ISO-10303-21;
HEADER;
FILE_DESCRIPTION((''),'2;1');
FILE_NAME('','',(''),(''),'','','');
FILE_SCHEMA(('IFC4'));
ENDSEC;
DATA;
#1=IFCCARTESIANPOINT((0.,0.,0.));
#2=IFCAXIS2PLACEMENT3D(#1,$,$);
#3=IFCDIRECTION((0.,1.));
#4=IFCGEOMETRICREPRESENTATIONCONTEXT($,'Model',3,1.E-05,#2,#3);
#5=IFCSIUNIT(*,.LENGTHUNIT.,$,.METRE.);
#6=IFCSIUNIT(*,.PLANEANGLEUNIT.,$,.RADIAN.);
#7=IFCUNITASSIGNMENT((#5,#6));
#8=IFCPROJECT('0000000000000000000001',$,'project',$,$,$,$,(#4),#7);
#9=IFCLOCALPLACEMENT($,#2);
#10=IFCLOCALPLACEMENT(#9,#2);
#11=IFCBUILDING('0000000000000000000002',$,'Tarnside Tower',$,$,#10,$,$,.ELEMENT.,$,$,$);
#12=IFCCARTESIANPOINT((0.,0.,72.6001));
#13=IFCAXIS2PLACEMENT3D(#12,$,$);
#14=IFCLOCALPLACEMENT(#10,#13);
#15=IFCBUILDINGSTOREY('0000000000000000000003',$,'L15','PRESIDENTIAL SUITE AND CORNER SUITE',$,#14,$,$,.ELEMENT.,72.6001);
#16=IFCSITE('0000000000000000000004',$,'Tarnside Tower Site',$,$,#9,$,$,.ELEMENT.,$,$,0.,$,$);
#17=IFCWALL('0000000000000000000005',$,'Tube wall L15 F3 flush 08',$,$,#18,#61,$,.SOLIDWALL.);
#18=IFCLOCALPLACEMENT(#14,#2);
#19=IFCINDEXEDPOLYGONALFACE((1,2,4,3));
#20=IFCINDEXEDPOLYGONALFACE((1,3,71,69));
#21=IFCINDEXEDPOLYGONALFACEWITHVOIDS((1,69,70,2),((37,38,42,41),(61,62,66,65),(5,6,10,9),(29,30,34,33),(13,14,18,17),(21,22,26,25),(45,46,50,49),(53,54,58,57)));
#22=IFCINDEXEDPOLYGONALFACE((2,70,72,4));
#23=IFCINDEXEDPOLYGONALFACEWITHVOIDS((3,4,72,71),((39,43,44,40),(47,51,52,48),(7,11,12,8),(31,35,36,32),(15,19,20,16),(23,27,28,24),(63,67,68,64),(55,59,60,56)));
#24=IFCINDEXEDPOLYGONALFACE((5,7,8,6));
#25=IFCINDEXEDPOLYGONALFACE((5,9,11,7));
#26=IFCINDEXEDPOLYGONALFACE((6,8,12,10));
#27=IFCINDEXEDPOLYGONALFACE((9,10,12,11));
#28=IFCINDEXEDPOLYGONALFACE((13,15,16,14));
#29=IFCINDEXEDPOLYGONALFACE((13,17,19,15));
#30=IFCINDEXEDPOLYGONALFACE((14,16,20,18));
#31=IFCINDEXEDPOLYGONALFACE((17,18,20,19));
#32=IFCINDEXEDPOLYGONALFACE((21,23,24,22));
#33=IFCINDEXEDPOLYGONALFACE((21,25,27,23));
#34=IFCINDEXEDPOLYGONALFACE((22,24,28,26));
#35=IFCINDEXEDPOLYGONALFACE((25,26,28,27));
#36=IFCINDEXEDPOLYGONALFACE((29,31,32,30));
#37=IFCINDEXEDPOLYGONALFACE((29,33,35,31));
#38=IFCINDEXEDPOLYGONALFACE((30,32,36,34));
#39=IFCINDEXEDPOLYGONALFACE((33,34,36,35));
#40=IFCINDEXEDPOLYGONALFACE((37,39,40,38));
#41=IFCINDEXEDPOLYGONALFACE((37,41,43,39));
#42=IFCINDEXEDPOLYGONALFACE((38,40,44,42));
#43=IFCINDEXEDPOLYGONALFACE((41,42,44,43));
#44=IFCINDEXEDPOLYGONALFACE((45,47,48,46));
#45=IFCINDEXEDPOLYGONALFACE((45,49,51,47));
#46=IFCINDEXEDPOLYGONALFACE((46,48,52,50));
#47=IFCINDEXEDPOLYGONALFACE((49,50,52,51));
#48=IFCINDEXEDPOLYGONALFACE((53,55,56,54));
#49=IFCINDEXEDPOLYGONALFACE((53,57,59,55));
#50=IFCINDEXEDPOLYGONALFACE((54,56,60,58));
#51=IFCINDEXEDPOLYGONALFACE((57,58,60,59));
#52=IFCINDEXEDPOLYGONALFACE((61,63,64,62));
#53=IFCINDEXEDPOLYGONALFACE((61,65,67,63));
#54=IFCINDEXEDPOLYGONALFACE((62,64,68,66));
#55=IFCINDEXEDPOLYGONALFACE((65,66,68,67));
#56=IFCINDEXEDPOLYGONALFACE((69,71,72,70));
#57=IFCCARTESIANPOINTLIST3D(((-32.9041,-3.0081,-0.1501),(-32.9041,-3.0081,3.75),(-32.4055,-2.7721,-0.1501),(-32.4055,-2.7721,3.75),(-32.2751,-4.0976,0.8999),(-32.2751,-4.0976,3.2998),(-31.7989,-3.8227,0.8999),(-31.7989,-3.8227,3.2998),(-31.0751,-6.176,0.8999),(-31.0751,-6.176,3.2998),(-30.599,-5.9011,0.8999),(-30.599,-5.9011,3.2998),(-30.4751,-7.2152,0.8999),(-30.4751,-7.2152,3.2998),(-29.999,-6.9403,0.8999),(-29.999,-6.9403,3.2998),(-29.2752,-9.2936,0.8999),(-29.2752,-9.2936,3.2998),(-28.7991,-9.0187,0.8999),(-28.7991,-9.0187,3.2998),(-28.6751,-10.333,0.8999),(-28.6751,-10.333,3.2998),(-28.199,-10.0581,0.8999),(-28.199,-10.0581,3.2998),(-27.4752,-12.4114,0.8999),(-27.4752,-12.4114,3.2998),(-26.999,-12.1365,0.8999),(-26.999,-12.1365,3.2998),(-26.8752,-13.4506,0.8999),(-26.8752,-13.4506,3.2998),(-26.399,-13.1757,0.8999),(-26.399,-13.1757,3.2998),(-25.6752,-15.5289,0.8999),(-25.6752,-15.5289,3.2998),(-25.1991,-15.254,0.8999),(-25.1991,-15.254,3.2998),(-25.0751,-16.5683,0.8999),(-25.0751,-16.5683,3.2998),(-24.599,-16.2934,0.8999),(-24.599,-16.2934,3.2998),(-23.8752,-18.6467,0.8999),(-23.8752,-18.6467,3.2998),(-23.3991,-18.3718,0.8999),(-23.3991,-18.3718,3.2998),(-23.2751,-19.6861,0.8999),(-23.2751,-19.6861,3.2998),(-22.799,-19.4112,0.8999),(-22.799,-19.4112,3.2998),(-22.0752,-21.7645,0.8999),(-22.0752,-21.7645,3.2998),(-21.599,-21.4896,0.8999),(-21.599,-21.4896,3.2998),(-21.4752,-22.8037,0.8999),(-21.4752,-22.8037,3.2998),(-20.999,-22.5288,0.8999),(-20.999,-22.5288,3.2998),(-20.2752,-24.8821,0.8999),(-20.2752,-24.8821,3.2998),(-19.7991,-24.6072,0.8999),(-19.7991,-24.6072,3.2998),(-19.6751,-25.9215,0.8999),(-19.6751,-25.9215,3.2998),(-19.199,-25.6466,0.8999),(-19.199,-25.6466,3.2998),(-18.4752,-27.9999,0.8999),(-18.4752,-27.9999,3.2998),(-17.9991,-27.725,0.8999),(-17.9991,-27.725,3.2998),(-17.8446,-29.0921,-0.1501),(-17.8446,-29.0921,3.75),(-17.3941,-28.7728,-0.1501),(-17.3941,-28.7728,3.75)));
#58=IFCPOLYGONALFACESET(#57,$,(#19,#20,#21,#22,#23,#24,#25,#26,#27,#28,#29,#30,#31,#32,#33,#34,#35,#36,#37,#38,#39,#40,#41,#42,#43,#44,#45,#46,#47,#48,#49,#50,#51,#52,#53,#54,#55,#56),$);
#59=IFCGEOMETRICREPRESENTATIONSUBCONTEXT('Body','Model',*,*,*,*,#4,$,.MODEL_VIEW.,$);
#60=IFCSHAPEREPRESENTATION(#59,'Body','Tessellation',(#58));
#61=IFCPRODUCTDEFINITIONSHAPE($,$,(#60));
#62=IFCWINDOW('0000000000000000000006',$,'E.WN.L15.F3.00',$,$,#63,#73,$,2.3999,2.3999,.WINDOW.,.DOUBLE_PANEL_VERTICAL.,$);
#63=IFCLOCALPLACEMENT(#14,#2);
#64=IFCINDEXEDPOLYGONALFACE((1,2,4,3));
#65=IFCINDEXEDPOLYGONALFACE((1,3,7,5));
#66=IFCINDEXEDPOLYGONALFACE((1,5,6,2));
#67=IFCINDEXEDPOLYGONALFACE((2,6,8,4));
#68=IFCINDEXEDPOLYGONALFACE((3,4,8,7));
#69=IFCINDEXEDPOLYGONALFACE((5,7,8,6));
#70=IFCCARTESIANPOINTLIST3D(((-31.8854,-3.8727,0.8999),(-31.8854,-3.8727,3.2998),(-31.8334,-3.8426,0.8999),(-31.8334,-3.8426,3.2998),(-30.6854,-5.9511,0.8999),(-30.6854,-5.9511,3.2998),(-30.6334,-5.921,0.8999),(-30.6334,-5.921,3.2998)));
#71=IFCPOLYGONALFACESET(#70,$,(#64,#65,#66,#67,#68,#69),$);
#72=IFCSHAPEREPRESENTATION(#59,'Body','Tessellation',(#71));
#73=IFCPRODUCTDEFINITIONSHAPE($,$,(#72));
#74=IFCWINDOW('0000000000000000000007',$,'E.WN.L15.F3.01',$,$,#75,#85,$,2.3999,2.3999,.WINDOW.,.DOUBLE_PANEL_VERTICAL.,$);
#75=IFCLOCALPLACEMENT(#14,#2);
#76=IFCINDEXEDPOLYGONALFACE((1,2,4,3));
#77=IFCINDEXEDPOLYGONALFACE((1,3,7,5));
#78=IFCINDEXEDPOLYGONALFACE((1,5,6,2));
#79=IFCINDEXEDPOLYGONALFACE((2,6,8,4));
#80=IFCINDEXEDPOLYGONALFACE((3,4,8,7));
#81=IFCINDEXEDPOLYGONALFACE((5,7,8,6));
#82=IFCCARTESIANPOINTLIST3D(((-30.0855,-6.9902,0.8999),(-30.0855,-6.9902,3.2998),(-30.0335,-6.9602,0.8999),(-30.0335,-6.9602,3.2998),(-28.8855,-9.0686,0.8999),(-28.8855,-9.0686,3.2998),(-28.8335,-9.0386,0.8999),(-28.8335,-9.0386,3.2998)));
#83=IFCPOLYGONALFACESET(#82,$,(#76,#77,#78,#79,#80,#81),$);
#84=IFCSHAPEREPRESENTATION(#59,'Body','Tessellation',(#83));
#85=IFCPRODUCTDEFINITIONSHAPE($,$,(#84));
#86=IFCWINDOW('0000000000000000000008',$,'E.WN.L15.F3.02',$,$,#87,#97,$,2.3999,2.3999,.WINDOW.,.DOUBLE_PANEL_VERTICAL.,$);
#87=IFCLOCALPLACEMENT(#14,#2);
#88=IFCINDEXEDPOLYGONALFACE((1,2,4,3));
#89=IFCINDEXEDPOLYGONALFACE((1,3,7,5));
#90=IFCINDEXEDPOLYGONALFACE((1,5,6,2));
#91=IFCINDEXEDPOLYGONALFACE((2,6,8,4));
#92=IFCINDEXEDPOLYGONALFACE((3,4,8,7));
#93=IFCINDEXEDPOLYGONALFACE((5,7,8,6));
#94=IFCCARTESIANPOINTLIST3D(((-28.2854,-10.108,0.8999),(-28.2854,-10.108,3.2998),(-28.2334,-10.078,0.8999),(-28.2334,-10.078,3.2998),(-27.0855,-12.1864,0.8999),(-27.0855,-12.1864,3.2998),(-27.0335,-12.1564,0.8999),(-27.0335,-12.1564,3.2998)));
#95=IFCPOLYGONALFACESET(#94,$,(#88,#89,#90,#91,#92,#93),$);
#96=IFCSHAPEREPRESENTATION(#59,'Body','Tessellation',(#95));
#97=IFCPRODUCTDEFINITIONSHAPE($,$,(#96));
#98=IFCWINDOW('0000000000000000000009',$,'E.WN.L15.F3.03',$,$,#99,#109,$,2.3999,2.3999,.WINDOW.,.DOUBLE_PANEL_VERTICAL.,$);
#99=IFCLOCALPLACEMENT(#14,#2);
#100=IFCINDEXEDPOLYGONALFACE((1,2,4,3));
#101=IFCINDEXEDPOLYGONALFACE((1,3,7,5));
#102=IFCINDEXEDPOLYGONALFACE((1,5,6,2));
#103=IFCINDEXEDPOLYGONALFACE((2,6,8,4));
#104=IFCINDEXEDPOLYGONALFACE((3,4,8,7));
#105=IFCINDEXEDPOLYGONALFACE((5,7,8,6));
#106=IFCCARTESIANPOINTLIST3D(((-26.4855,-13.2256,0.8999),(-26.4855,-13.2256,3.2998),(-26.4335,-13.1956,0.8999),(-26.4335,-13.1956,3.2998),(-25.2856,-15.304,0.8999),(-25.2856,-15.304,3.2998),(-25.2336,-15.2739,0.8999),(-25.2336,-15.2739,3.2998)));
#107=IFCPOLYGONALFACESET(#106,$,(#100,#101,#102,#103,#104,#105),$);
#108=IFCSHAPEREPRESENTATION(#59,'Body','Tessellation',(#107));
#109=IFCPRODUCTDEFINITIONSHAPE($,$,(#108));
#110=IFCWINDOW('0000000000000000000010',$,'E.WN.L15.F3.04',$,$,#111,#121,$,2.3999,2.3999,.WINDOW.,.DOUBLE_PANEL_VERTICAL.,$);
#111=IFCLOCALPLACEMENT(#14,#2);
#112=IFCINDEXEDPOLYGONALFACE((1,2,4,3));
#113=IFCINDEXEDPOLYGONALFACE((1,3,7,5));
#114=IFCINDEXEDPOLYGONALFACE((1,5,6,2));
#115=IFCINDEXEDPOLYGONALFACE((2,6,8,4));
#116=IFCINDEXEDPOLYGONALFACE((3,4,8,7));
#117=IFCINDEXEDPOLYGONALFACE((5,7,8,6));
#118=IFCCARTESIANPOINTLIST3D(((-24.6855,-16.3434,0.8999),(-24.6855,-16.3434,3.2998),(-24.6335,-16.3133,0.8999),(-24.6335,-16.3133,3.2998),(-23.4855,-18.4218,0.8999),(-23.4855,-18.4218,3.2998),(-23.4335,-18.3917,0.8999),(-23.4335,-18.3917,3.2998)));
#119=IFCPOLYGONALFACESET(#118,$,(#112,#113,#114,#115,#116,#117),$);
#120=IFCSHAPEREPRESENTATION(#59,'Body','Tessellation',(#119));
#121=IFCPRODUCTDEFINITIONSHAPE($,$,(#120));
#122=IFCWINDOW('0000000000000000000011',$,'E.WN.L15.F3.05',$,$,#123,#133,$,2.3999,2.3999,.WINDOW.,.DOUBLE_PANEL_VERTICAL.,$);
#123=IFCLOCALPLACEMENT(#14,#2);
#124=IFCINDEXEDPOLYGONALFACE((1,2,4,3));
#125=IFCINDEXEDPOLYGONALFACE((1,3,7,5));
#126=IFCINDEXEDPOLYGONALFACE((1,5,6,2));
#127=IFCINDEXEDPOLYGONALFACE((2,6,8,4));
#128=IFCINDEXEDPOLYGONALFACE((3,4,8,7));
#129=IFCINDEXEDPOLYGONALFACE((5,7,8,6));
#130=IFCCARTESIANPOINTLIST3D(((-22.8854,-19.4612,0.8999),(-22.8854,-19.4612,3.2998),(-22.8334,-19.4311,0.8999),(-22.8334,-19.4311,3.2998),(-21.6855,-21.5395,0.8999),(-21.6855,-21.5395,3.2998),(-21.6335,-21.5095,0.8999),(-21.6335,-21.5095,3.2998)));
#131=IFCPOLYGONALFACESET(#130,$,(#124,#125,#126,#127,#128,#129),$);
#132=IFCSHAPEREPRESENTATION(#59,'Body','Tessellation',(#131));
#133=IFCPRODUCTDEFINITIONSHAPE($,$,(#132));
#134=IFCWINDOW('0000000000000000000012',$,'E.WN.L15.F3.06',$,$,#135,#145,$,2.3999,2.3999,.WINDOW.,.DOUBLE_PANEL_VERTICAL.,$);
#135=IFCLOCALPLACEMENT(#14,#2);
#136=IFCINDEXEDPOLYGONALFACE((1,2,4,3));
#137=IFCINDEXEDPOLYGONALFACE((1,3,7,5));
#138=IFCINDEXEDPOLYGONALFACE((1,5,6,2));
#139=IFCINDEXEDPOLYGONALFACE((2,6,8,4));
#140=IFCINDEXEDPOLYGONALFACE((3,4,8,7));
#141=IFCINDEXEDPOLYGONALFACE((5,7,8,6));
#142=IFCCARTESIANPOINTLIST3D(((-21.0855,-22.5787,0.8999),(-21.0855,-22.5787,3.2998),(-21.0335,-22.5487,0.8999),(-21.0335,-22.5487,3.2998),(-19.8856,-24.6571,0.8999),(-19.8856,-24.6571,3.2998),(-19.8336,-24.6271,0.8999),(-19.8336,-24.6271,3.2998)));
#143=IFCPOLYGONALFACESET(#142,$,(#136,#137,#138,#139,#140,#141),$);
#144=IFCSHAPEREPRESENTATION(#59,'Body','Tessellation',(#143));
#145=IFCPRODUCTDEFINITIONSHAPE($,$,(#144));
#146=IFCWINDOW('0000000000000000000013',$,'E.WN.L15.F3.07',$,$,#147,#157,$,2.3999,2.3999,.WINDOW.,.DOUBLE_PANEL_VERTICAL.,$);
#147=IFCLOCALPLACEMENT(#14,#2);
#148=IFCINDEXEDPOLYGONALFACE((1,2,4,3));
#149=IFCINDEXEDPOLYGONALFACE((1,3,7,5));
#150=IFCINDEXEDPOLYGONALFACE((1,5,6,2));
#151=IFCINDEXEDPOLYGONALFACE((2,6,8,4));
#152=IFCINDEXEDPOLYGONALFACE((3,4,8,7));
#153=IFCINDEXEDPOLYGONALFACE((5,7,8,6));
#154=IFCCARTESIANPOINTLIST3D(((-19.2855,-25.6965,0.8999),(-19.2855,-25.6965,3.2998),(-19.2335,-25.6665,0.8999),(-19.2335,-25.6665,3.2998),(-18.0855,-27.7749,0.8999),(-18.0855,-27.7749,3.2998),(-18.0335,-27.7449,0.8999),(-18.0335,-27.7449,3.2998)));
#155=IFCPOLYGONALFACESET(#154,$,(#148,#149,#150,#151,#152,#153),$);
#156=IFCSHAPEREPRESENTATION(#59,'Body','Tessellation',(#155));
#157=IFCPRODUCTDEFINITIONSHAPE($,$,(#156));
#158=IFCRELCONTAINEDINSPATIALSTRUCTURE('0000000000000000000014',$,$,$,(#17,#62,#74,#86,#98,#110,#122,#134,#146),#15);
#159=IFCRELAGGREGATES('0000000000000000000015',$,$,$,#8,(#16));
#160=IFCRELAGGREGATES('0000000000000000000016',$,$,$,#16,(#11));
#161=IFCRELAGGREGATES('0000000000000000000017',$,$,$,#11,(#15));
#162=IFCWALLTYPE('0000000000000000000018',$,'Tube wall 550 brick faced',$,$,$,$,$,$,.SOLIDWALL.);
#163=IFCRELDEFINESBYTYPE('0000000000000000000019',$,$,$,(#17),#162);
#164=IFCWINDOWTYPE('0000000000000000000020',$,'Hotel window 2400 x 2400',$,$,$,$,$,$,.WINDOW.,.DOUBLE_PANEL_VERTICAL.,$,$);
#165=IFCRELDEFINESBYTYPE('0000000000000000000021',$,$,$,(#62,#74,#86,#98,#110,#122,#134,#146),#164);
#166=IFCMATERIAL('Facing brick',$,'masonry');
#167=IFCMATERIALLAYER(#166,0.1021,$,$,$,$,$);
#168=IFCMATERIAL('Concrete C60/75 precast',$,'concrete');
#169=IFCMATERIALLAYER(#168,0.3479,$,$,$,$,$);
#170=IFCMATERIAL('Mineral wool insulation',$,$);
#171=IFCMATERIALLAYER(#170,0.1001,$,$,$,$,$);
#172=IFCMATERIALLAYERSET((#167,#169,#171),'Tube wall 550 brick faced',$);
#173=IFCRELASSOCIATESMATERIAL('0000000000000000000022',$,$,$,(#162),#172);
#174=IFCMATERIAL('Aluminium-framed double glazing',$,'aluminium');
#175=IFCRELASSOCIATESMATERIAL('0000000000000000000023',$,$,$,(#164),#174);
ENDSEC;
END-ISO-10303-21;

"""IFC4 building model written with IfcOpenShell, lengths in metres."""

from ifc_helpers import new_model, si_unit, direction, frame, frame_2d, origin, place, context, subcontext, project, spatial, polyline, rectangle, outline, extrude, material, layer, layer_set, type_object, element, fill, save


model = new_model("IFC4")

# Units and contexts
model_context = context("Model", 3, precision=1e-05, world=origin(), true_north=direction((0.0, 1.0)))
body_context = subcontext(model_context, "Body", "Model", "MODEL_VIEW")
ifc_project = project(units=[si_unit("LENGTHUNIT", "METRE"), si_unit("PLANEANGLEUNIT", "RADIAN")], contexts=[model_context])

# Site, building, storey
site_placement = place(None, origin())
site = spatial("IfcSite", under=ifc_project, at=site_placement, Name="Tarnside Tower Site", CompositionType="ELEMENT", RefElevation=0.0)
building_placement = place(site_placement, origin())
building = spatial("IfcBuilding", under=site, at=building_placement, Name="Tarnside Tower", CompositionType="ELEMENT")
storey_placement = place(building_placement, frame((0.0, 0.0, 72.6001)))
storey = spatial("IfcBuildingStorey", under=building, at=storey_placement, Name="L15", Description="PRESIDENTIAL SUITE AND CORNER SUITE", CompositionType="ELEMENT", Elevation=72.6001)

# Shared definitions
ifc_material_1 = material(Name="Facing brick", Category="masonry")
ifc_layer_1 = layer(ifc_material_1, 0.1021)
ifc_material_2 = material(Name="Concrete C60/75 precast", Category="concrete")
ifc_layer_2 = layer(ifc_material_2, 0.3479)
ifc_material_3 = material(Name="Mineral wool insulation")
ifc_layer_3 = layer(ifc_material_3, 0.1001)
ifc_layer_set_1 = layer_set([ifc_layer_1, ifc_layer_2, ifc_layer_3], Name="Tube wall 550 brick faced")
wall_type_1 = type_object("IfcWallType", Name="Tube wall 550 brick faced", PredefinedType="SOLIDWALL", material=ifc_layer_set_1)

# Wall, openings, windows
wall_1_placement = place(storey_placement, frame((-32.6548, -2.8901, -0.1501), z_axis=(0.0, 0.0, 1.0), x_axis=(0.499998, -0.866027, 0.0)))
wall_1 = element("IfcWall", 1, at=wall_1_placement, inside=storey, type_object=wall_type_1, Name="Tube wall L15 F3 flush 08", PredefinedType="SOLIDWALL", context=body_context, shape_type="SweptSolid", body=[
    extrude(outline(polyline([(-0.0225, -0.2749), (30.0967, -0.2749), (30.0454, 0.2749), (0.0225, 0.2749), (-0.0225, -0.2749)])), origin(), (0.0, 0.0, 1.0), 3.9001),
])
opening_1_placement = place(wall_1_placement, frame((1.2356, 0.0, 1.05)))
opening_1 = element("IfcOpeningElement", 2, at=opening_1_placement, cuts=wall_1, PredefinedType="OPENING", context=body_context, shape_type="SweptSolid", body=[
    extrude(rectangle(XDim=2.3999, YDim=2.3999, at=frame_2d((1.2, 1.2))), frame((0.0, 0.2852, 0.0), z_axis=(0.0, -1.0, 0.0), x_axis=(1.0, 0.0, 0.0)), (0.0, 0.0, 1.0), 0.5701),
])
opening_2_placement = place(wall_1_placement, frame((4.8354, 0.0, 1.05)))
opening_2 = element("IfcOpeningElement", 3, at=opening_2_placement, cuts=wall_1, PredefinedType="OPENING", context=body_context, shape_type="SweptSolid", body=[
    extrude(rectangle(XDim=2.3999, YDim=2.3999, at=frame_2d((1.2, 1.2))), frame((0.0, 0.2852, 0.0), z_axis=(0.0, -1.0, 0.0), x_axis=(1.0, 0.0, 0.0)), (0.0, 0.0, 1.0), 0.5701),
])
opening_3_placement = place(wall_1_placement, frame((8.4355, 0.0, 1.05)))
opening_3 = element("IfcOpeningElement", 4, at=opening_3_placement, cuts=wall_1, PredefinedType="OPENING", context=body_context, shape_type="SweptSolid", body=[
    extrude(rectangle(XDim=2.3999, YDim=2.3999, at=frame_2d((1.2, 1.2))), frame((0.0, 0.2852, 0.0), z_axis=(0.0, -1.0, 0.0), x_axis=(1.0, 0.0, 0.0)), (0.0, 0.0, 1.0), 0.5701),
])
opening_4_placement = place(wall_1_placement, frame((12.0354, 0.0, 1.05)))
opening_4 = element("IfcOpeningElement", 5, at=opening_4_placement, cuts=wall_1, PredefinedType="OPENING", context=body_context, shape_type="SweptSolid", body=[
    extrude(rectangle(XDim=2.3999, YDim=2.3999, at=frame_2d((1.2, 1.2))), frame((0.0, 0.2852, 0.0), z_axis=(0.0, -1.0, 0.0), x_axis=(1.0, 0.0, 0.0)), (0.0, 0.0, 1.0), 0.5701),
])
opening_5_placement = place(wall_1_placement, frame((15.6355, 0.0, 1.05)))
opening_5 = element("IfcOpeningElement", 6, at=opening_5_placement, cuts=wall_1, PredefinedType="OPENING", context=body_context, shape_type="SweptSolid", body=[
    extrude(rectangle(XDim=2.3999, YDim=2.3999, at=frame_2d((1.2, 1.2))), frame((0.0, 0.2852, 0.0), z_axis=(0.0, -1.0, 0.0), x_axis=(1.0, 0.0, 0.0)), (0.0, 0.0, 1.0), 0.5701),
])
opening_6_placement = place(wall_1_placement, frame((19.2356, 0.0, 1.05)))
opening_6 = element("IfcOpeningElement", 7, at=opening_6_placement, cuts=wall_1, PredefinedType="OPENING", context=body_context, shape_type="SweptSolid", body=[
    extrude(rectangle(XDim=2.3999, YDim=2.3999, at=frame_2d((1.2, 1.2))), frame((0.0, 0.2852, 0.0), z_axis=(0.0, -1.0, 0.0), x_axis=(1.0, 0.0, 0.0)), (0.0, 0.0, 1.0), 0.5701),
])
opening_7_placement = place(wall_1_placement, frame((22.8354, 0.0, 1.05)))
opening_7 = element("IfcOpeningElement", 8, at=opening_7_placement, cuts=wall_1, PredefinedType="OPENING", context=body_context, shape_type="SweptSolid", body=[
    extrude(rectangle(XDim=2.3999, YDim=2.3999, at=frame_2d((1.2, 1.2))), frame((0.0, 0.2852, 0.0), z_axis=(0.0, -1.0, 0.0), x_axis=(1.0, 0.0, 0.0)), (0.0, 0.0, 1.0), 0.5701),
])
opening_8_placement = place(wall_1_placement, frame((26.4355, 0.0, 1.05)))
opening_8 = element("IfcOpeningElement", 9, at=opening_8_placement, cuts=wall_1, PredefinedType="OPENING", context=body_context, shape_type="SweptSolid", body=[
    extrude(rectangle(XDim=2.3999, YDim=2.3999, at=frame_2d((1.2, 1.2))), frame((0.0, 0.2852, 0.0), z_axis=(0.0, -1.0, 0.0), x_axis=(1.0, 0.0, 0.0)), (0.0, 0.0, 1.0), 0.5701),
])
ifc_material_4 = material(Name="Aluminium-framed double glazing", Category="aluminium")
window_type = type_object("IfcWindowType", Name="Hotel window 2400 x 2400", PartitioningType="DOUBLE_PANEL_VERTICAL", PredefinedType="WINDOW", material=ifc_material_4)
window_1_placement = place(opening_1_placement, frame((0.0, 0.2051, 0.0)))
window_1 = element("IfcWindow", 10, at=window_1_placement, inside=storey, type_object=window_type, Name="E.WN.L15.F3.00", OverallHeight=2.3999, OverallWidth=2.3999, PartitioningType="DOUBLE_PANEL_VERTICAL", PredefinedType="WINDOW", context=body_context, shape_type="SweptSolid", body=[
    extrude(rectangle(XDim=2.3999, YDim=2.3999, at=frame_2d((1.2, 1.2))), frame((0.0, 0.03, 0.0), z_axis=(0.0, -1.0, 0.0), x_axis=(1.0, 0.0, 0.0)), (0.0, 0.0, 1.0), 0.0601),
])
fill(opening_1, window_1)
window_2_placement = place(opening_2_placement, frame((0.0, 0.2051, 0.0)))
window_2 = element("IfcWindow", 11, at=window_2_placement, inside=storey, type_object=window_type, Name="E.WN.L15.F3.01", OverallHeight=2.3999, OverallWidth=2.3999, PartitioningType="DOUBLE_PANEL_VERTICAL", PredefinedType="WINDOW", context=body_context, shape_type="SweptSolid", body=[
    extrude(rectangle(XDim=2.3999, YDim=2.3999, at=frame_2d((1.2, 1.2))), frame((0.0, 0.03, 0.0), z_axis=(0.0, -1.0, 0.0), x_axis=(1.0, 0.0, 0.0)), (0.0, 0.0, 1.0), 0.0601),
])
fill(opening_2, window_2)
window_3_placement = place(opening_3_placement, frame((0.0, 0.2051, 0.0)))
window_3 = element("IfcWindow", 12, at=window_3_placement, inside=storey, type_object=window_type, Name="E.WN.L15.F3.02", OverallHeight=2.3999, OverallWidth=2.3999, PartitioningType="DOUBLE_PANEL_VERTICAL", PredefinedType="WINDOW", context=body_context, shape_type="SweptSolid", body=[
    extrude(rectangle(XDim=2.3999, YDim=2.3999, at=frame_2d((1.2, 1.2))), frame((0.0, 0.03, 0.0), z_axis=(0.0, -1.0, 0.0), x_axis=(1.0, 0.0, 0.0)), (0.0, 0.0, 1.0), 0.0601),
])
fill(opening_3, window_3)
window_4_placement = place(opening_4_placement, frame((0.0, 0.2051, 0.0)))
window_4 = element("IfcWindow", 13, at=window_4_placement, inside=storey, type_object=window_type, Name="E.WN.L15.F3.03", OverallHeight=2.3999, OverallWidth=2.3999, PartitioningType="DOUBLE_PANEL_VERTICAL", PredefinedType="WINDOW", context=body_context, shape_type="SweptSolid", body=[
    extrude(rectangle(XDim=2.3999, YDim=2.3999, at=frame_2d((1.2, 1.2))), frame((0.0, 0.03, 0.0), z_axis=(0.0, -1.0, 0.0), x_axis=(1.0, 0.0, 0.0)), (0.0, 0.0, 1.0), 0.0601),
])
fill(opening_4, window_4)
window_5_placement = place(opening_5_placement, frame((0.0, 0.2051, 0.0)))
window_5 = element("IfcWindow", 14, at=window_5_placement, inside=storey, type_object=window_type, Name="E.WN.L15.F3.04", OverallHeight=2.3999, OverallWidth=2.3999, PartitioningType="DOUBLE_PANEL_VERTICAL", PredefinedType="WINDOW", context=body_context, shape_type="SweptSolid", body=[
    extrude(rectangle(XDim=2.3999, YDim=2.3999, at=frame_2d((1.2, 1.2))), frame((0.0, 0.03, 0.0), z_axis=(0.0, -1.0, 0.0), x_axis=(1.0, 0.0, 0.0)), (0.0, 0.0, 1.0), 0.0601),
])
fill(opening_5, window_5)
window_6_placement = place(opening_6_placement, frame((0.0, 0.2051, 0.0)))
window_6 = element("IfcWindow", 15, at=window_6_placement, inside=storey, type_object=window_type, Name="E.WN.L15.F3.05", OverallHeight=2.3999, OverallWidth=2.3999, PartitioningType="DOUBLE_PANEL_VERTICAL", PredefinedType="WINDOW", context=body_context, shape_type="SweptSolid", body=[
    extrude(rectangle(XDim=2.3999, YDim=2.3999, at=frame_2d((1.2, 1.2))), frame((0.0, 0.03, 0.0), z_axis=(0.0, -1.0, 0.0), x_axis=(1.0, 0.0, 0.0)), (0.0, 0.0, 1.0), 0.0601),
])
fill(opening_6, window_6)
window_7_placement = place(opening_7_placement, frame((0.0, 0.2051, 0.0)))
window_7 = element("IfcWindow", 16, at=window_7_placement, inside=storey, type_object=window_type, Name="E.WN.L15.F3.06", OverallHeight=2.3999, OverallWidth=2.3999, PartitioningType="DOUBLE_PANEL_VERTICAL", PredefinedType="WINDOW", context=body_context, shape_type="SweptSolid", body=[
    extrude(rectangle(XDim=2.3999, YDim=2.3999, at=frame_2d((1.2, 1.2))), frame((0.0, 0.03, 0.0), z_axis=(0.0, -1.0, 0.0), x_axis=(1.0, 0.0, 0.0)), (0.0, 0.0, 1.0), 0.0601),
])
fill(opening_7, window_7)
window_8_placement = place(opening_8_placement, frame((0.0, 0.2051, 0.0)))
window_8 = element("IfcWindow", 17, at=window_8_placement, inside=storey, type_object=window_type, Name="E.WN.L15.F3.07", OverallHeight=2.3999, OverallWidth=2.3999, PartitioningType="DOUBLE_PANEL_VERTICAL", PredefinedType="WINDOW", context=body_context, shape_type="SweptSolid", body=[
    extrude(rectangle(XDim=2.3999, YDim=2.3999, at=frame_2d((1.2, 1.2))), frame((0.0, 0.03, 0.0), z_axis=(0.0, -1.0, 0.0), x_axis=(1.0, 0.0, 0.0)), (0.0, 0.0, 1.0), 0.0601),
])
fill(opening_8, window_8)

save(model, "model.ifc")
